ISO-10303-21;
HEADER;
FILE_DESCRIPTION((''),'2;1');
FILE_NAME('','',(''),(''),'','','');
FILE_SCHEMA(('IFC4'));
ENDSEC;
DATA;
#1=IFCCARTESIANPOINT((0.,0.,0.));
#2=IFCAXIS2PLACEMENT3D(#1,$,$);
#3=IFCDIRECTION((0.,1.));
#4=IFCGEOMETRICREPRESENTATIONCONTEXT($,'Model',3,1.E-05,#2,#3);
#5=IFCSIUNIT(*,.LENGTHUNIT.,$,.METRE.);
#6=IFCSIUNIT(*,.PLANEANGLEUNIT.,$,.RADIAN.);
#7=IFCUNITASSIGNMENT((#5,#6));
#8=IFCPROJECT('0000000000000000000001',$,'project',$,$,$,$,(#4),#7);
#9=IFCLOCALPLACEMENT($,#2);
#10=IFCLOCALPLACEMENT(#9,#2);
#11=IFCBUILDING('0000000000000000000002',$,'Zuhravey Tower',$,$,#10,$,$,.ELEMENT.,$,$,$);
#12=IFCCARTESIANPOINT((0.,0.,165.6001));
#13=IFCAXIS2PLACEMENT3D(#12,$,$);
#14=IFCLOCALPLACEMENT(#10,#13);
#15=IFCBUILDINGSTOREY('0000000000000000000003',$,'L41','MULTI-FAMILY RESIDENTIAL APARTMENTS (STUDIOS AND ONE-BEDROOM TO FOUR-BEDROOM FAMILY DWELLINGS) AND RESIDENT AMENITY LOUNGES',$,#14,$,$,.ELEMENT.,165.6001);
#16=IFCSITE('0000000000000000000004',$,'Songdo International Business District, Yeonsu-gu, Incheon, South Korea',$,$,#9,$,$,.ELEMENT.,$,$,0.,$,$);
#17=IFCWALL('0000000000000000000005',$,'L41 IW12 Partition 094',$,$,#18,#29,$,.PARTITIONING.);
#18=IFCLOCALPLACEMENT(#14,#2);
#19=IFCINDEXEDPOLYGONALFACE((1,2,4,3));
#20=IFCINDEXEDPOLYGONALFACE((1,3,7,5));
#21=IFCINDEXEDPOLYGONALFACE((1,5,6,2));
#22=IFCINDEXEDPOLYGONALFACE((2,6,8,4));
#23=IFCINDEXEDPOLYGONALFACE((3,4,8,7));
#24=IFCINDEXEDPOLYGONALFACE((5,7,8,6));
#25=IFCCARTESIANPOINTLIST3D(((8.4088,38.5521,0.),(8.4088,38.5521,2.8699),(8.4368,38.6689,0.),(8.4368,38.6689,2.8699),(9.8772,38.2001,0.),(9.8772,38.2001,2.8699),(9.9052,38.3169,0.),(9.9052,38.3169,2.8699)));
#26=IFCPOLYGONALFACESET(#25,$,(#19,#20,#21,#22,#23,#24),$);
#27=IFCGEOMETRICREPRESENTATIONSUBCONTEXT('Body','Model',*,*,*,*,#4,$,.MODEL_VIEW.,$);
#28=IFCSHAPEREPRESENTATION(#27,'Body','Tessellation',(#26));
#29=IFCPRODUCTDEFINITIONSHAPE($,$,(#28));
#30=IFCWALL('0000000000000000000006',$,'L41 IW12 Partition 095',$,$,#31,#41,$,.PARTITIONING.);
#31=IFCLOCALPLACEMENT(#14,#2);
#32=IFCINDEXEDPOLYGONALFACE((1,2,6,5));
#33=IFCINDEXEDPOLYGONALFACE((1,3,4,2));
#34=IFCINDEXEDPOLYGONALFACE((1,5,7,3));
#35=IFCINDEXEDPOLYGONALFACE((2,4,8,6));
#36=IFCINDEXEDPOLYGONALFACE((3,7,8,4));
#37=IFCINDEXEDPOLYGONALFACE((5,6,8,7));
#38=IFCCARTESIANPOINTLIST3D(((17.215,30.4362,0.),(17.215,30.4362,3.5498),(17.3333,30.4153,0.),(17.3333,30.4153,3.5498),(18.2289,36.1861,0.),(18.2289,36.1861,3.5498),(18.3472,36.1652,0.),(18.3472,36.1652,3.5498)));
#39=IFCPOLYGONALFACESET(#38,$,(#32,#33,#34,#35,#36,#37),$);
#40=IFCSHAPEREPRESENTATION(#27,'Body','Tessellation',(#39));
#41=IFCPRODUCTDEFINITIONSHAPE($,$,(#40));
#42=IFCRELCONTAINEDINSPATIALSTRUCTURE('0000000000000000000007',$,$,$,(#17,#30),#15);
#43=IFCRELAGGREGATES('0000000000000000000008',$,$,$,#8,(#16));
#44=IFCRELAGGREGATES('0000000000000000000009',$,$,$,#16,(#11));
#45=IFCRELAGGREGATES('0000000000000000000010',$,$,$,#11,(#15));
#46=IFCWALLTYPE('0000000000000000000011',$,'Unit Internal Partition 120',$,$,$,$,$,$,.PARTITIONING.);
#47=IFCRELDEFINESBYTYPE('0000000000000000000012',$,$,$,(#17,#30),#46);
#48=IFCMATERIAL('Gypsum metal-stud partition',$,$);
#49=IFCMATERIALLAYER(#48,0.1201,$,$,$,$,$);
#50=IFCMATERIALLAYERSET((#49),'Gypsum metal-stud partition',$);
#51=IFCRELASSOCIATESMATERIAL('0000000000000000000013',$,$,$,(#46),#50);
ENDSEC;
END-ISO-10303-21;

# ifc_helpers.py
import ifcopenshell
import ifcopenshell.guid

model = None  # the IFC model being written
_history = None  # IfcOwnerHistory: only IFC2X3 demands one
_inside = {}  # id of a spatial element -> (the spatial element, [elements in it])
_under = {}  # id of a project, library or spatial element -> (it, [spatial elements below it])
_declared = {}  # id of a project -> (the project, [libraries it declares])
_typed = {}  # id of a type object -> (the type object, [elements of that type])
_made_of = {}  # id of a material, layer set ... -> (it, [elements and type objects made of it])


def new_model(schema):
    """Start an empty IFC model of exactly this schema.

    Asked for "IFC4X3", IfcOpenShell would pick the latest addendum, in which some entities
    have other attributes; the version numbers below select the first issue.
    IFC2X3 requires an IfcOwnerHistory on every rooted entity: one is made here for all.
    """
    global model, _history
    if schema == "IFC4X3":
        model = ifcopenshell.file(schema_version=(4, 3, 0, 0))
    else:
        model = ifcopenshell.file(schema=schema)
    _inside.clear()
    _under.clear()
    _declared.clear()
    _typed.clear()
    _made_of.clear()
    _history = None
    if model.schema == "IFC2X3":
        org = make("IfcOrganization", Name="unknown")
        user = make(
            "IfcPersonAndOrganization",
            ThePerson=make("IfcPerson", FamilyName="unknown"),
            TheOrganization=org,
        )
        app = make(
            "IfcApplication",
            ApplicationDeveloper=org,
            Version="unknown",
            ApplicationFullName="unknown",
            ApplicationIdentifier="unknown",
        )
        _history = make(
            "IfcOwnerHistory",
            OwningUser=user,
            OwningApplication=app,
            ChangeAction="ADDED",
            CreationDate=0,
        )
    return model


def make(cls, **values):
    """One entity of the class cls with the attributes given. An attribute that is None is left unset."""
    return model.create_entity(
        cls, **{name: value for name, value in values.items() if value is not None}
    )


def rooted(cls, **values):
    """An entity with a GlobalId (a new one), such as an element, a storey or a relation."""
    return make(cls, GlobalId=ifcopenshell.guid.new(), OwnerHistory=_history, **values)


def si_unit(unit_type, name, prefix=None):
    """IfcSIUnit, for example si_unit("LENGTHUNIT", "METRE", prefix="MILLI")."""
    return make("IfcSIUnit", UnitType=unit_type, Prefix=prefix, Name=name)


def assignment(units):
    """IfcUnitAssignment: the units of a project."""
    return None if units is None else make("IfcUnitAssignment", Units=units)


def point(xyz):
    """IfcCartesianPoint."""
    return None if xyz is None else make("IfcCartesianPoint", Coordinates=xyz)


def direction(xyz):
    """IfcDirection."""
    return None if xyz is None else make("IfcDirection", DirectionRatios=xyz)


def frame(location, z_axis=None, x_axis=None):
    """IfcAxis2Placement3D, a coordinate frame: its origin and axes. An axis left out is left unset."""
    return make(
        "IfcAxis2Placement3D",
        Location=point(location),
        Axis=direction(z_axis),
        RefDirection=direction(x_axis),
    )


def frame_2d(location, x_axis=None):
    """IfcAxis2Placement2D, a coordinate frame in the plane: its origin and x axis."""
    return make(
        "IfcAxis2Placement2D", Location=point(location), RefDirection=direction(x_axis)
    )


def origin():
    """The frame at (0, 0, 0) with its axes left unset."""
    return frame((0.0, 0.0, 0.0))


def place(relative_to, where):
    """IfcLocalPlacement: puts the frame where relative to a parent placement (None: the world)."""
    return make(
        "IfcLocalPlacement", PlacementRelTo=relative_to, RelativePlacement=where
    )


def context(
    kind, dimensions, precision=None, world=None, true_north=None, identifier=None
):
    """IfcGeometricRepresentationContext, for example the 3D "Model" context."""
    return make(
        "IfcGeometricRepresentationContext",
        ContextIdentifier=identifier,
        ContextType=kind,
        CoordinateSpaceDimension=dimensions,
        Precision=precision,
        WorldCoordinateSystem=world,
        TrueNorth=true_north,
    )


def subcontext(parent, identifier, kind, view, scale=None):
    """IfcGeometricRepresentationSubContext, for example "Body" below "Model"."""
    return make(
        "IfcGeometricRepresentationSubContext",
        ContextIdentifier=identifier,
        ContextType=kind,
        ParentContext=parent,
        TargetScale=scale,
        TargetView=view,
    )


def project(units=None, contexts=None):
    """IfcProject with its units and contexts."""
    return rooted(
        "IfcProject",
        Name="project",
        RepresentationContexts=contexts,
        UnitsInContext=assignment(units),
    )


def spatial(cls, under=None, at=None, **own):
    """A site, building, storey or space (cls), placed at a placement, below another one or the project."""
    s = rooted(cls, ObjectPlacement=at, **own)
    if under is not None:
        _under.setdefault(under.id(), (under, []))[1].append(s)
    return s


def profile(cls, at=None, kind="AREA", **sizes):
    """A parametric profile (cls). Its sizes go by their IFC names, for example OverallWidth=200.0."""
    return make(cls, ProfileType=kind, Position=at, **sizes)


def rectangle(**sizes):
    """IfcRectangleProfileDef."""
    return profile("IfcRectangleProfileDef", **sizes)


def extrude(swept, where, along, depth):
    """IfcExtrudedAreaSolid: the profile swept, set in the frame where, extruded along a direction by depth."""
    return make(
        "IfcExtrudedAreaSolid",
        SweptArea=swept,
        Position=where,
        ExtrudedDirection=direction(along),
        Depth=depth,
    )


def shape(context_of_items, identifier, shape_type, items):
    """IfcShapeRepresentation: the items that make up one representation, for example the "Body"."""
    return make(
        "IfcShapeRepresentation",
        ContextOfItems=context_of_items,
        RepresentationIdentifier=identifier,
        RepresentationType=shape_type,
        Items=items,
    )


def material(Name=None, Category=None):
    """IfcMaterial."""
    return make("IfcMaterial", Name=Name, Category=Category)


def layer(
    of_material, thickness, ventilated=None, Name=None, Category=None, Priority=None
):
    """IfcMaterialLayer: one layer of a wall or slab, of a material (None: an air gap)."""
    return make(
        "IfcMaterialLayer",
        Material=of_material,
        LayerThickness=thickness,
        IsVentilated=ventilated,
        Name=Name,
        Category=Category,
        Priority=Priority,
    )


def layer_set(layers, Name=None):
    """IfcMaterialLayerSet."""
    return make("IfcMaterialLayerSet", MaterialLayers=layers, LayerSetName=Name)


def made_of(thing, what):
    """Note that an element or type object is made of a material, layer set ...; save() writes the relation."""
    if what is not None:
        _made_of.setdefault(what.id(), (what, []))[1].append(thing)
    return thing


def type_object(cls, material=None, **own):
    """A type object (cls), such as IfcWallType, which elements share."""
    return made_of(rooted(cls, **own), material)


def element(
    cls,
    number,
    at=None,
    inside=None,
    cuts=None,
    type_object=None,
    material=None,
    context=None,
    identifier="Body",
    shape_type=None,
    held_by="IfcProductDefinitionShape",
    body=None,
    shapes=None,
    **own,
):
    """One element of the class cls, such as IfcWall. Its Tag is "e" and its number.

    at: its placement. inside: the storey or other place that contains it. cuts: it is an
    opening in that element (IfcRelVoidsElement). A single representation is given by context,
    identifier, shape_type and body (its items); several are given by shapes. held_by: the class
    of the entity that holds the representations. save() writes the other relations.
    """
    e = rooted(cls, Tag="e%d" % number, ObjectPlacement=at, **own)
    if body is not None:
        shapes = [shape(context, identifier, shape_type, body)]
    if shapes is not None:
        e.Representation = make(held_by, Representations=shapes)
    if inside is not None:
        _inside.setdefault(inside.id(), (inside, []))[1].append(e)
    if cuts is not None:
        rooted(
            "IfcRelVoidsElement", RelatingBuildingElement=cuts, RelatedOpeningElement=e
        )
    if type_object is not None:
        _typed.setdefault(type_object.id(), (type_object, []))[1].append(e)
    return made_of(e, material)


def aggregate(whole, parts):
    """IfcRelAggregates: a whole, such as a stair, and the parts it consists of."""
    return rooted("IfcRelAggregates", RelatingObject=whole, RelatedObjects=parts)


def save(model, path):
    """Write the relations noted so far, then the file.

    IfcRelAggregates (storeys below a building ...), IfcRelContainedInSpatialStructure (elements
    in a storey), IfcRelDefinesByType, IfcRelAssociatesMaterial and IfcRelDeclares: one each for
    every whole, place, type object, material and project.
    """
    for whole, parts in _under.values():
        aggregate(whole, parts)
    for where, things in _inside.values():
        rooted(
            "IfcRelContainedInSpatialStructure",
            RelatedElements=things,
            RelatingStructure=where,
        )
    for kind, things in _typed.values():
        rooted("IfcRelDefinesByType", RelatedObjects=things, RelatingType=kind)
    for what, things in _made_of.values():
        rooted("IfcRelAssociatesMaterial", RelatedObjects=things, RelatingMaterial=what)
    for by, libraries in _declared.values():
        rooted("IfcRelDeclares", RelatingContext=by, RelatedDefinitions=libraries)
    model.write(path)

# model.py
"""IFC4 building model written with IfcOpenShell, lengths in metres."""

from ifc_helpers import new_model, si_unit, direction, frame, frame_2d, origin, place, context, subcontext, project, spatial, rectangle, extrude, material, layer, layer_set, type_object, element, save


model = new_model("IFC4")

# Units and contexts
model_context = context("Model", 3, precision=1e-05, world=origin(), true_north=direction((0.0, 1.0)))
body_context = subcontext(model_context, "Body", "Model", "MODEL_VIEW")
ifc_project = project(units=[si_unit("LENGTHUNIT", "METRE"), si_unit("PLANEANGLEUNIT", "RADIAN")], contexts=[model_context])

# Site, building, storey
site_placement = place(None, origin())
site = spatial("IfcSite", under=ifc_project, at=site_placement, Name="Songdo International Business District, Yeonsu-gu, Incheon, South Korea", CompositionType="ELEMENT", RefElevation=0.0)
building_placement = place(site_placement, origin())
building = spatial("IfcBuilding", under=site, at=building_placement, Name="Zuhravey Tower", CompositionType="ELEMENT")
storey_placement = place(building_placement, frame((0.0, 0.0, 165.6001)))
storey = spatial("IfcBuildingStorey", under=building, at=storey_placement, Name="L41", Description="MULTI-FAMILY RESIDENTIAL APARTMENTS (STUDIOS AND ONE-BEDROOM TO FOUR-BEDROOM FAMILY DWELLINGS) AND RESIDENT AMENITY LOUNGES", CompositionType="ELEMENT", Elevation=165.6001)

# Shared definitions
ifc_material_1 = material(Name="Gypsum metal-stud partition")
ifc_layer_1 = layer(ifc_material_1, 0.1201)
ifc_layer_set_1 = layer_set([ifc_layer_1], Name="Gypsum metal-stud partition")
wall_type_1 = type_object("IfcWallType", Name="Unit Internal Partition 120", PredefinedType="PARTITIONING", material=ifc_layer_set_1)

# Walls
wall_1_placement = place(storey_placement, frame((9.8911, 38.2585, 0.0), z_axis=(0.0, 0.0, 1.0), x_axis=(-0.972446, 0.233128, 0.0)))
element("IfcWall", 1, at=wall_1_placement, inside=storey, type_object=wall_type_1, Name="L41 IW12 Partition 094", PredefinedType="PARTITIONING", context=body_context, shape_type="SweptSolid", body=[
    extrude(rectangle(XDim=1.51, YDim=0.1201, at=frame_2d((0.7549, 0.0))), origin(), (0.0, 0.0, 1.0), 2.8699),
])
wall_2_placement = place(storey_placement, frame((18.2881, 36.1758, 0.0), z_axis=(0.0, 0.0, 1.0), x_axis=(-0.173654, -0.984807, 0.0)))
element("IfcWall", 2, at=wall_2_placement, inside=storey, type_object=wall_type_1, Name="L41 IW12 Partition 095", PredefinedType="PARTITIONING", context=body_context, shape_type="SweptSolid", body=[
    extrude(rectangle(XDim=5.8386, YDim=0.1201, at=frame_2d((2.9194, 0.0))), origin(), (0.0, 0.0, 1.0), 3.5498),
])

save(model, "model.ifc")
